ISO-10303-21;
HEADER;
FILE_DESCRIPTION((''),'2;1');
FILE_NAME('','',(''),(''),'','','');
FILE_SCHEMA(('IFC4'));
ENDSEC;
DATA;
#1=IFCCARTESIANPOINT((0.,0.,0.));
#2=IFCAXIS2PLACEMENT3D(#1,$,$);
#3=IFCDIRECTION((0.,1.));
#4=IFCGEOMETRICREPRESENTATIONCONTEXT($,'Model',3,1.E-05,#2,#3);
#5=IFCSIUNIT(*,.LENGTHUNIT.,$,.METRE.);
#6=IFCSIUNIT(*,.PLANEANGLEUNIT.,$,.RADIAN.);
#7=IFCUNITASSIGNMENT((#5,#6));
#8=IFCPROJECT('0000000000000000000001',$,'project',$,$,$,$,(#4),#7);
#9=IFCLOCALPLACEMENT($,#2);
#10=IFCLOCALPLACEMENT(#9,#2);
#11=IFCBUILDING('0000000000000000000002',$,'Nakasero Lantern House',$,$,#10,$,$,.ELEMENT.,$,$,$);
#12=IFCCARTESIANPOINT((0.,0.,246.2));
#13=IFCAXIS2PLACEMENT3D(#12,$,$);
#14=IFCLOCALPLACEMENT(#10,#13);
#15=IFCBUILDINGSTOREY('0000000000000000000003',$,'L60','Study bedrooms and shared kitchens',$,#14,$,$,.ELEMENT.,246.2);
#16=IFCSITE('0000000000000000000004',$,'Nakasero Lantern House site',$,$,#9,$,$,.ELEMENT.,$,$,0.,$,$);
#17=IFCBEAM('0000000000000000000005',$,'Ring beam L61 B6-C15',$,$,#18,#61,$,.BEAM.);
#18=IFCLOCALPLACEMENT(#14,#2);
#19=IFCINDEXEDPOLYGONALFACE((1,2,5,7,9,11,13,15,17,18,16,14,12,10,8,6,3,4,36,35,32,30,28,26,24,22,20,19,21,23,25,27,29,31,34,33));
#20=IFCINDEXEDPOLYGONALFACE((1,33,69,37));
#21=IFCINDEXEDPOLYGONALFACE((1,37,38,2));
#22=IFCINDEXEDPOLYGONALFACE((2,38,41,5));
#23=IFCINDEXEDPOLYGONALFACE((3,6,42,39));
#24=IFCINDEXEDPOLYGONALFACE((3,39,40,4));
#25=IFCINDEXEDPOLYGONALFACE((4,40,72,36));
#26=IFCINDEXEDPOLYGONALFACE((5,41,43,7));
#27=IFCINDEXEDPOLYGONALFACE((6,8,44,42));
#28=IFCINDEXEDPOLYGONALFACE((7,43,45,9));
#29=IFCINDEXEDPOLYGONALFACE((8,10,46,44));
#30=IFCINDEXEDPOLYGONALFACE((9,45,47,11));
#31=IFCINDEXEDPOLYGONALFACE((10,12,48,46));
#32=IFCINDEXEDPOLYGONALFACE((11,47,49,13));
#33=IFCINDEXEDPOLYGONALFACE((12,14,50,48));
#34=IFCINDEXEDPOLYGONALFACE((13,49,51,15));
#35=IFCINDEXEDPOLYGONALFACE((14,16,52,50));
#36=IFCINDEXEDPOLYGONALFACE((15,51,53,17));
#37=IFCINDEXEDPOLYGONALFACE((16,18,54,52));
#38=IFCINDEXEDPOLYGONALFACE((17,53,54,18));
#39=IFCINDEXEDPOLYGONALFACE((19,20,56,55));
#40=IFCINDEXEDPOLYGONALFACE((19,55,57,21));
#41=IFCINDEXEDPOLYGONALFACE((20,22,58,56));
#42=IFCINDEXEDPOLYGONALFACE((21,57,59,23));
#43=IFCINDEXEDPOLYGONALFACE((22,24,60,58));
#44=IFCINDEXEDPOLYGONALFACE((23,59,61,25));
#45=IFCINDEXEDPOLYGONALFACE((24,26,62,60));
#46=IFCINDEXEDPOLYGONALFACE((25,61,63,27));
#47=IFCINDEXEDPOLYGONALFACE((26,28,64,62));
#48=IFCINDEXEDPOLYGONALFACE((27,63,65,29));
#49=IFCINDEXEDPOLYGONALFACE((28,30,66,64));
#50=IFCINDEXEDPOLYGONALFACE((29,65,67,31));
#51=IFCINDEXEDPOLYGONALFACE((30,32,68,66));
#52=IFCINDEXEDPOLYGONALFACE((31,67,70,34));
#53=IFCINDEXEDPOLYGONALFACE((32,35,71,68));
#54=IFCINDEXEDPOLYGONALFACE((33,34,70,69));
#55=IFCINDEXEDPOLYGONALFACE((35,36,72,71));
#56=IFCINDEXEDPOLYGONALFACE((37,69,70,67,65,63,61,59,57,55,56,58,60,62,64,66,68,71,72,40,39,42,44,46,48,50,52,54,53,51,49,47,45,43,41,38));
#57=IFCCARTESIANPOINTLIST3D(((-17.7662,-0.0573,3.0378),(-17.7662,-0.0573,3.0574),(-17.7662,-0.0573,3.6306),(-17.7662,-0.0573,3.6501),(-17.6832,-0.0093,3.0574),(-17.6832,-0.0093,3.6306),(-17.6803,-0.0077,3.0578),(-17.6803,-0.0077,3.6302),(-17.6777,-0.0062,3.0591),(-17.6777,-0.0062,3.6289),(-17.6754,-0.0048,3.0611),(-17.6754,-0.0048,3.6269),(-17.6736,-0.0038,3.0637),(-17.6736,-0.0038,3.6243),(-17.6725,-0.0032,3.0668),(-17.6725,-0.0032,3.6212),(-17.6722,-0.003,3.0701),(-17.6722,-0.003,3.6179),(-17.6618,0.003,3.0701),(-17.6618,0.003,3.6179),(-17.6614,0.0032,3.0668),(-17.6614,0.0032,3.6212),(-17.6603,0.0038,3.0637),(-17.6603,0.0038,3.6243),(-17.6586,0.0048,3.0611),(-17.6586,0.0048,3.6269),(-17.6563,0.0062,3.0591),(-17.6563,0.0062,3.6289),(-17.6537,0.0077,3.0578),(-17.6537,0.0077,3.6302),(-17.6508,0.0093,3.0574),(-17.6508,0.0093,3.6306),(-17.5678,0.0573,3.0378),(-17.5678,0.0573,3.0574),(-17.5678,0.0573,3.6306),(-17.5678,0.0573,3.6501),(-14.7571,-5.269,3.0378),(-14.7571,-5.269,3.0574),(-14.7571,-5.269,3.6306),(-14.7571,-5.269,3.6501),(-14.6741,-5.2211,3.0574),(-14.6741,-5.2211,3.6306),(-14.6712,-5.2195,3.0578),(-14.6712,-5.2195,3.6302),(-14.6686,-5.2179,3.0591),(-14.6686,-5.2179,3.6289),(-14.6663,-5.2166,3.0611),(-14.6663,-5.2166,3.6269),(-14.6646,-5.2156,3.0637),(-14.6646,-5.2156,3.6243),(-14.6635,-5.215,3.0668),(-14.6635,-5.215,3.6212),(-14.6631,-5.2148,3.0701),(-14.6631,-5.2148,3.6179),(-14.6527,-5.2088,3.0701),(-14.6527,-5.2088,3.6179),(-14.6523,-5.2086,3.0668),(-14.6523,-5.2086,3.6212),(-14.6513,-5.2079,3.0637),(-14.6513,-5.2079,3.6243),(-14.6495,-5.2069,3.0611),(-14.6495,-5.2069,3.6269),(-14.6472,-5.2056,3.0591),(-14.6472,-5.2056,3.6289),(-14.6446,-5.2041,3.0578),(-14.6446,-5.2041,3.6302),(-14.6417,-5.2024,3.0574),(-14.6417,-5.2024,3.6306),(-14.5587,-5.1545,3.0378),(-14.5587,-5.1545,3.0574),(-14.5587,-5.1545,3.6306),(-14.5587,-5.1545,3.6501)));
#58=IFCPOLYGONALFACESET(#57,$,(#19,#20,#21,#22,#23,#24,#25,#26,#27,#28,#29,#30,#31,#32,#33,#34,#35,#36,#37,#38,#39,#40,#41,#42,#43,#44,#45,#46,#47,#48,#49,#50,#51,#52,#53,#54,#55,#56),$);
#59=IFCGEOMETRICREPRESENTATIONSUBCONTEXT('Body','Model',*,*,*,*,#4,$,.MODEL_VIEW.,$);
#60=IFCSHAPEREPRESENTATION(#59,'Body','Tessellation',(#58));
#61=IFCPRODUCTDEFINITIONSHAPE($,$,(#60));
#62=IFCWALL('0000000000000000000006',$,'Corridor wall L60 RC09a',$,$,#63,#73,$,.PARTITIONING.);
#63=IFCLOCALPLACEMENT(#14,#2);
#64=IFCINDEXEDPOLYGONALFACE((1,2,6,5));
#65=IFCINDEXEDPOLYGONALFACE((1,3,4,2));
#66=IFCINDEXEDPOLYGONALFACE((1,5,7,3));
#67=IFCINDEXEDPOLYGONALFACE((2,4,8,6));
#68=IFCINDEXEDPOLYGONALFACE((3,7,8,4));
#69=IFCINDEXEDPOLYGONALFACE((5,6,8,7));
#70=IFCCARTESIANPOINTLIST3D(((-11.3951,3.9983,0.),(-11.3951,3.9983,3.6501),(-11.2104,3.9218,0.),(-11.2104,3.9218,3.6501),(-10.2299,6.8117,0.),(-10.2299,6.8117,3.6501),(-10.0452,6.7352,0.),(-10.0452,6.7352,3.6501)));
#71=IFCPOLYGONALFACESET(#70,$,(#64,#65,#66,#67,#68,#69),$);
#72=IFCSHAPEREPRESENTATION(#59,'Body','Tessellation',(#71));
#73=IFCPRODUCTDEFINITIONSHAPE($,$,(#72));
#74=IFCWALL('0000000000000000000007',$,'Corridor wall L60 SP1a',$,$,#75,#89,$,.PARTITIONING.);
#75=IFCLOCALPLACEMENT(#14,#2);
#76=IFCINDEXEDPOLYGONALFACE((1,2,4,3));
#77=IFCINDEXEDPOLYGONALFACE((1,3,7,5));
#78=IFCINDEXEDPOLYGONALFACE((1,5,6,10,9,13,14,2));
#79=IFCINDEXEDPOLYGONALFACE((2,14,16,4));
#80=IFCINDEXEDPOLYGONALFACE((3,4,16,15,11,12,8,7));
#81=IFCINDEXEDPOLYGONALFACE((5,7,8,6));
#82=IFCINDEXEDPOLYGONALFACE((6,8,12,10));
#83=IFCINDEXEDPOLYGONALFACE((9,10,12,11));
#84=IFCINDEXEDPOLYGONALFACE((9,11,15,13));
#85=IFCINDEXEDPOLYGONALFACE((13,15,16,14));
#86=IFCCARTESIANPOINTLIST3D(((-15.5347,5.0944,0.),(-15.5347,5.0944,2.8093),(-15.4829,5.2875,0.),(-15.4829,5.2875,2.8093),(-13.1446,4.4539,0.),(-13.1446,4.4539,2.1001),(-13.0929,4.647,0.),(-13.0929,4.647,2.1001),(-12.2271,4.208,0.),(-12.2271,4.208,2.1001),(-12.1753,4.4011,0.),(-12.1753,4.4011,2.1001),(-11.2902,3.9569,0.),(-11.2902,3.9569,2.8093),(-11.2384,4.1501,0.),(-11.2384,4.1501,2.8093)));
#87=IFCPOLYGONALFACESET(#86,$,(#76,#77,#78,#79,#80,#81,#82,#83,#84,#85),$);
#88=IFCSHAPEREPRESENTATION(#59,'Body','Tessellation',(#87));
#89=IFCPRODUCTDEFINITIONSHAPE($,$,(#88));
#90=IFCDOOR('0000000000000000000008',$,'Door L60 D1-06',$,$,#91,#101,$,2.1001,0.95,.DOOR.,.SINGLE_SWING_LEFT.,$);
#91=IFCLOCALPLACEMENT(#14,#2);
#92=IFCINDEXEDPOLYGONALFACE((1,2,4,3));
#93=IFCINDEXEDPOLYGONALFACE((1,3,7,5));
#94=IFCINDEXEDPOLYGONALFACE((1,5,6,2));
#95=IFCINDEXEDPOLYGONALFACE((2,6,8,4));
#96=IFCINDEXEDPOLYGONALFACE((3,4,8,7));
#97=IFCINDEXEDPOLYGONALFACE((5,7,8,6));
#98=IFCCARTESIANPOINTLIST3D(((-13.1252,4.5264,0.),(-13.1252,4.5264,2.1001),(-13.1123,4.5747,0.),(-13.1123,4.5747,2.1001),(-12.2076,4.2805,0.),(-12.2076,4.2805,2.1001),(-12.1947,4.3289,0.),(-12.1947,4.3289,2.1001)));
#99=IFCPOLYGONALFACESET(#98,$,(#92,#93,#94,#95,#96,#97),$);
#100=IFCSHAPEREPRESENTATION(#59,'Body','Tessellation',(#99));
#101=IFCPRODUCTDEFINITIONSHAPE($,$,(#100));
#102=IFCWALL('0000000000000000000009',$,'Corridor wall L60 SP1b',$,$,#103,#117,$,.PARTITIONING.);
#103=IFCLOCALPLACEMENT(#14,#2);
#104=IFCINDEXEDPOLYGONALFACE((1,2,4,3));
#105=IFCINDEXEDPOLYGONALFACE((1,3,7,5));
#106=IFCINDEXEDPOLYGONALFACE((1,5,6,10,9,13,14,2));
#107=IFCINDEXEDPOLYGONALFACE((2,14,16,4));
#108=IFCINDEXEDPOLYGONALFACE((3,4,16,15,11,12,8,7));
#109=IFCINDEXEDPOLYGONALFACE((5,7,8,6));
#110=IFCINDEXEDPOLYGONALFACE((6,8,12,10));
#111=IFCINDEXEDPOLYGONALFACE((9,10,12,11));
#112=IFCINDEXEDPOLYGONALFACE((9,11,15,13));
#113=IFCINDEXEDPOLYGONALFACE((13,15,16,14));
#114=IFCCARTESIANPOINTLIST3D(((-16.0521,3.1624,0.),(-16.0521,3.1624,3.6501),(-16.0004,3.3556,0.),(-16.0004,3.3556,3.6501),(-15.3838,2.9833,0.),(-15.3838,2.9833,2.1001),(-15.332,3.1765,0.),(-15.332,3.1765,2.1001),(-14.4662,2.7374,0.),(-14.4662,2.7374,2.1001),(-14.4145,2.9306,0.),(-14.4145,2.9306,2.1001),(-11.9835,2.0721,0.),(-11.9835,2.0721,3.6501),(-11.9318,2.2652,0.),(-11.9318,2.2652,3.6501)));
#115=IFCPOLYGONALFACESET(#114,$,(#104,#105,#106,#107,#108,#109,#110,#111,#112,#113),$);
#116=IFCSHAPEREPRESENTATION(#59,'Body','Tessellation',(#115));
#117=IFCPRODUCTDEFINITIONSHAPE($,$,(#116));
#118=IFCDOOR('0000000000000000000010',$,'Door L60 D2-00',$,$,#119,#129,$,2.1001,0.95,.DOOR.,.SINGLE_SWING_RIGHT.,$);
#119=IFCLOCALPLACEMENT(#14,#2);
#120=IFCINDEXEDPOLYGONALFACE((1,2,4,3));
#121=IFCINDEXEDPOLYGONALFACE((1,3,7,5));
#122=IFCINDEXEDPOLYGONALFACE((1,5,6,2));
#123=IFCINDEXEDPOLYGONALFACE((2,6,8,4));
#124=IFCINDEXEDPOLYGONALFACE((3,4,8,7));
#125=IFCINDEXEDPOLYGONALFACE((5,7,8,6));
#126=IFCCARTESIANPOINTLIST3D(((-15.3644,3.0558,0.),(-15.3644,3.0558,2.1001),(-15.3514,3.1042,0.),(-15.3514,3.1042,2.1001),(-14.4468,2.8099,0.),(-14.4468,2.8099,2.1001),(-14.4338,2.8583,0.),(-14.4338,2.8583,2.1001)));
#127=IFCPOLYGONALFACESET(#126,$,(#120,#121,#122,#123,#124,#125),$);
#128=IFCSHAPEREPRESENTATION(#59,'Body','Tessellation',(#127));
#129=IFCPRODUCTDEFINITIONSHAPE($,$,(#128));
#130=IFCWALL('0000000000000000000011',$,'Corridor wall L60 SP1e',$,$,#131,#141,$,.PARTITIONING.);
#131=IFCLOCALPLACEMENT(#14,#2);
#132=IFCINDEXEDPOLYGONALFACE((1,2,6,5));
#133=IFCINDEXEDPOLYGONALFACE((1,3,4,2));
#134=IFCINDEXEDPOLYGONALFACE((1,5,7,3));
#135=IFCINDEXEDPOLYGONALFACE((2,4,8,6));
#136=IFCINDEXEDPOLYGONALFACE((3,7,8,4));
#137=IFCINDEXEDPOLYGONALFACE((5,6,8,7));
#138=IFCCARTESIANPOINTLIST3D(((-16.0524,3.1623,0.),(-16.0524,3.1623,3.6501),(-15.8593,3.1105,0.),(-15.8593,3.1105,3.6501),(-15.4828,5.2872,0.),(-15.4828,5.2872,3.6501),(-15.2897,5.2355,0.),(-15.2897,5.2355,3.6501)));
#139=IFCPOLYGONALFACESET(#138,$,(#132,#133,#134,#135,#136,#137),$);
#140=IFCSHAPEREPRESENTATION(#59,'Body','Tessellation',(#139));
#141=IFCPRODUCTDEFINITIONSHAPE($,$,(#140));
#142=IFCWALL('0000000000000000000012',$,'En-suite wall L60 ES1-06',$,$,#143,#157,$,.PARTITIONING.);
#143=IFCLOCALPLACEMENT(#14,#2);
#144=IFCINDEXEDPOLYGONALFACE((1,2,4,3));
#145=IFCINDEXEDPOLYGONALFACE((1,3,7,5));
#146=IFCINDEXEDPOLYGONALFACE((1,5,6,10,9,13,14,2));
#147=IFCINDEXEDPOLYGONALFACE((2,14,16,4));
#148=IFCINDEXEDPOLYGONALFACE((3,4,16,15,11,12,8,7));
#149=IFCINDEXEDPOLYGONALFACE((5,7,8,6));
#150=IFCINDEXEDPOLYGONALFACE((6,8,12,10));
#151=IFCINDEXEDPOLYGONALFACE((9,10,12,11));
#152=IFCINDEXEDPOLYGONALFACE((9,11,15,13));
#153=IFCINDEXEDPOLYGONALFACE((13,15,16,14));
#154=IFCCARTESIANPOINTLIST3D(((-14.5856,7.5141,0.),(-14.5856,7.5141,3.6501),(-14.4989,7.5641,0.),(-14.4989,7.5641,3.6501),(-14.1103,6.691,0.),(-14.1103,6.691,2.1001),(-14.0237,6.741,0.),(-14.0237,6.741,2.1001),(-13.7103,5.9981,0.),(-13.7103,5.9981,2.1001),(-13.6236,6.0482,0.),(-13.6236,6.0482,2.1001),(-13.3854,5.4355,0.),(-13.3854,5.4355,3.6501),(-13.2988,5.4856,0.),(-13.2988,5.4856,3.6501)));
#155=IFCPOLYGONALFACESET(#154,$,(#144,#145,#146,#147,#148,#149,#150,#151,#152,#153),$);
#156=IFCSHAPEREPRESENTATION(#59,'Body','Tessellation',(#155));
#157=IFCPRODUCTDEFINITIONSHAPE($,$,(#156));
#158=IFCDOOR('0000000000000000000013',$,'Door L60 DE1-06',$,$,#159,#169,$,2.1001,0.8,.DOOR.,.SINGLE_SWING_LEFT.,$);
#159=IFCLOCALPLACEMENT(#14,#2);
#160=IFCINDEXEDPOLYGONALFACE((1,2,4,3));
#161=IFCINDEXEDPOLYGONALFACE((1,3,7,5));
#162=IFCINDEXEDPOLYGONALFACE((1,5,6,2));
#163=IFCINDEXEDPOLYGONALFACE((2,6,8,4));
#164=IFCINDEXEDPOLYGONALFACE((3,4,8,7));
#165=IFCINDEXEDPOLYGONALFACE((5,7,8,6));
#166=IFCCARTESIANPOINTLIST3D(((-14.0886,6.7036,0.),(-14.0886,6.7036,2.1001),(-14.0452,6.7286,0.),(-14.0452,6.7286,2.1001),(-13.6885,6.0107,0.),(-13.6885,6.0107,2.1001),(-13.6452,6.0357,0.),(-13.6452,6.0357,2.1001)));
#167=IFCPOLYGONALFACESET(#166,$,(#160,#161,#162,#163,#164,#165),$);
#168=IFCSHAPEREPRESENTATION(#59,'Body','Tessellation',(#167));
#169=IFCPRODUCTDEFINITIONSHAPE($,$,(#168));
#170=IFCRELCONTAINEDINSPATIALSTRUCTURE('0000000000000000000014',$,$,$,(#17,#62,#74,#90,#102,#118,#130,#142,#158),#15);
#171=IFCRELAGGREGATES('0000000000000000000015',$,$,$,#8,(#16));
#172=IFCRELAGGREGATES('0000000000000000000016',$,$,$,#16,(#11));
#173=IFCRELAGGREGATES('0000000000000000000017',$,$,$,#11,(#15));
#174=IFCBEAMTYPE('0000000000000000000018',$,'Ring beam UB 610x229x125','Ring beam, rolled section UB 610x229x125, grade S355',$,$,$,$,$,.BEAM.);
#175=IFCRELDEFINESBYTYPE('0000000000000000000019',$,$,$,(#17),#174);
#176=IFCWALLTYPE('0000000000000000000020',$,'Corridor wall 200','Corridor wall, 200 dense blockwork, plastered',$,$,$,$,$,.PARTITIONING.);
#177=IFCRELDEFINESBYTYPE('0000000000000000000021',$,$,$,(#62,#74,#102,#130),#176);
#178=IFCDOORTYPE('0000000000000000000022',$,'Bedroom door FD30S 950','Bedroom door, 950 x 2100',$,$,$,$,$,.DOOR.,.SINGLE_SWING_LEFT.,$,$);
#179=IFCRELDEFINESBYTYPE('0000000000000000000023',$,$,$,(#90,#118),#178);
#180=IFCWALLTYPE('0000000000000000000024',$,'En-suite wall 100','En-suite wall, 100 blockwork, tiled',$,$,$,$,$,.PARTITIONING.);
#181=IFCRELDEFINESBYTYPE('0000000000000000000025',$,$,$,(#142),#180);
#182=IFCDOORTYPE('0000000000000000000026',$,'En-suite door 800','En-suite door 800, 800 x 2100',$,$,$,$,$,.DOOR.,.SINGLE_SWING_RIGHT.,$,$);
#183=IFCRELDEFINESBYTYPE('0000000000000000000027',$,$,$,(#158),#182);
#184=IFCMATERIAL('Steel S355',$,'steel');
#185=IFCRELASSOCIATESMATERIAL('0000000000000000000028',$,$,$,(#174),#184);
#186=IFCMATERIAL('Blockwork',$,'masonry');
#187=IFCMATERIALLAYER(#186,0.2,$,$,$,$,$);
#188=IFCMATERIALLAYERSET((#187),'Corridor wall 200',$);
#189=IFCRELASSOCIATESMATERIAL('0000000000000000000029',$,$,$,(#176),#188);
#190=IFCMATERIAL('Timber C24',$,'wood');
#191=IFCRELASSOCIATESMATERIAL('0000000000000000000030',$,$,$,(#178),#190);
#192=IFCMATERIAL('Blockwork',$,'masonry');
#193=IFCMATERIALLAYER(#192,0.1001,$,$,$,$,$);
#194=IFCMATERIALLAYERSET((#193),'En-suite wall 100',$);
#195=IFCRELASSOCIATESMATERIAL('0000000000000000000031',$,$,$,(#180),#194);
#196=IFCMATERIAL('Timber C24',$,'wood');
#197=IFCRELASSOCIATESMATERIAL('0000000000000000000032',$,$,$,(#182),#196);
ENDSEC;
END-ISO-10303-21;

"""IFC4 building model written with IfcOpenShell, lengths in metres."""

from ifc_helpers import new_model, si_unit, direction, frame, frame_2d, origin, origin_2d, place, context, subcontext, project, spatial, rectangle, i_section, extrude, material, layer, layer_set, material_profile, profile_set, type_object, element, fill, save


model = new_model("IFC4")

# Units and contexts
model_context = context("Model", 3, precision=1e-05, world=origin(), true_north=direction((0.0, 1.0)))
body_context = subcontext(model_context, "Body", "Model", "MODEL_VIEW")
ifc_project = project(units=[si_unit("LENGTHUNIT", "METRE"), si_unit("PLANEANGLEUNIT", "RADIAN")], contexts=[model_context])

# Site, building, storey
site_placement = place(None, origin())
site = spatial("IfcSite", under=ifc_project, at=site_placement, Name="Nakasero Lantern House site", CompositionType="ELEMENT", RefElevation=0.0)
building_placement = place(site_placement, origin())
building = spatial("IfcBuilding", under=site, at=building_placement, Name="Nakasero Lantern House", CompositionType="ELEMENT")
storey_placement = place(building_placement, frame((0.0, 0.0, 246.2)))
storey = spatial("IfcBuildingStorey", under=building, at=storey_placement, Name="L60", Description="Study bedrooms and shared kitchens", CompositionType="ELEMENT", Elevation=246.2)

# Beam
ifc_material_1 = material(Name="Steel S355", Category="steel")
ifc_material_profile_1 = material_profile(ifc_material_1, i_section(OverallWidth=0.229, OverallDepth=0.6123, WebThickness=0.012, FlangeThickness=0.0195, FilletRadius=0.0127, at=origin_2d()), Name="UB 610x229x125")
ifc_profile_set_1 = profile_set([ifc_material_profile_1], Name="Steel S355")
beam_type_1 = type_object("IfcBeamType", Name="Ring beam UB 610x229x125", Description="Ring beam, rolled section UB 610x229x125, grade S355", PredefinedType="BEAM", material=ifc_profile_set_1)
beam_1_placement = place(storey_placement, frame((-17.667, 0.0, 3.344), z_axis=(0.500009, -0.86602, 0.0), x_axis=(0.86602, 0.500009, 0.0)))
element("IfcBeam", 1, at=beam_1_placement, inside=storey, type_object=beam_type_1, Name="Ring beam L61 B6-C15", PredefinedType="BEAM", context=body_context, shape_type="SweptSolid", body=[
    extrude(i_section(OverallWidth=0.229, OverallDepth=0.6123, WebThickness=0.012, FlangeThickness=0.0195, FilletRadius=0.0127, at=origin_2d()), origin(), (0.0, 0.0, 1.0), 6.0181),
])

# Wall
ifc_material_2 = material(Name="Blockwork", Category="masonry")
ifc_layer_1 = layer(ifc_material_2, 0.2)
ifc_layer_set_1 = layer_set([ifc_layer_1], Name="Corridor wall 200")
wall_type_1 = type_object("IfcWallType", Name="Corridor wall 200", Description="Corridor wall, 200 dense blockwork, plastered", PredefinedType="PARTITIONING", material=ifc_layer_set_1)
wall_1_placement = place(storey_placement, frame((-11.3027, 3.9602, 0.0), z_axis=(0.0, 0.0, 1.0), x_axis=(0.382656, 0.923891, 0.0)))
element("IfcWall", 2, at=wall_1_placement, inside=storey, type_object=wall_type_1, Name="Corridor wall L60 RC09a", PredefinedType="PARTITIONING", context=body_context, shape_type="SweptSolid", body=[
    extrude(rectangle(XDim=3.0452, YDim=0.2, at=frame_2d((1.5225, 0.0))), origin(), (0.0, 0.0, 1.0), 3.6501),
])

# Walls, openings, doors
wall_2_placement = place(storey_placement, frame((-11.2642, 4.0535, 0.0), z_axis=(0.0, 0.0, 1.0), x_axis=(-0.96592, 0.258842, 0.0)))
wall_2 = element("IfcWall", 3, at=wall_2_placement, inside=storey, type_object=wall_type_1, Name="Corridor wall L60 SP1a", PredefinedType="PARTITIONING", context=body_context, shape_type="SweptSolid", body=[
    extrude(rectangle(XDim=4.3943, YDim=0.2, at=frame_2d((2.1973, 0.0))), origin(), (0.0, 0.0, 1.0), 2.8093),
])
opening_1_placement = place(wall_2_placement, frame((0.97, 0.0, 0.0)))
opening_1 = element("IfcOpeningElement", 4, at=opening_1_placement, cuts=wall_2, PredefinedType="OPENING", context=body_context, shape_type="SweptSolid", body=[
    extrude(rectangle(XDim=0.95, YDim=2.1001, at=frame_2d((0.4751, 1.05))), frame((0.0, 0.1199, 0.0), z_axis=(0.0, -1.0, 0.0), x_axis=(1.0, 0.0, 0.0)), (0.0, 0.0, 1.0), 0.24),
])
ifc_material_3 = material(Name="Timber C24", Category="wood")
door_type_1 = type_object("IfcDoorType", Name="Bedroom door FD30S 950", Description="Bedroom door, 950 x 2100", OperationType="SINGLE_SWING_LEFT", PredefinedType="DOOR", material=ifc_material_3)
door_1_placement = place(opening_1_placement, origin())
door_1 = element("IfcDoor", 5, at=door_1_placement, inside=storey, type_object=door_type_1, Name="Door L60 D1-06", OperationType="SINGLE_SWING_LEFT", OverallHeight=2.1001, OverallWidth=0.95, PredefinedType="DOOR", context=body_context, shape_type="SweptSolid", body=[
    extrude(rectangle(XDim=0.95, YDim=2.1001, at=frame_2d((0.4751, 1.05))), frame((0.0, 0.0249, 0.0), z_axis=(0.0, -1.0, 0.0), x_axis=(1.0, 0.0, 0.0)), (0.0, 0.0, 1.0), 0.05),
])
fill(opening_1, door_1)
wall_3_placement = place(storey_placement, frame((-11.9578, 2.1687, 0.0), z_axis=(0.0, 0.0, 1.0), x_axis=(-0.965917, 0.258853, 0.0)))
wall_3 = element("IfcWall", 6, at=wall_3_placement, inside=storey, type_object=wall_type_1, Name="Corridor wall L60 SP1b", PredefinedType="PARTITIONING", context=body_context, shape_type="SweptSolid", body=[
    extrude(rectangle(XDim=4.2122, YDim=0.2, at=frame_2d((2.106, 0.0))), origin(), (0.0, 0.0, 1.0), 3.6501),
])
opening_2_placement = place(wall_3_placement, frame((2.5701, 0.0, 0.0)))
opening_2 = element("IfcOpeningElement", 7, at=opening_2_placement, cuts=wall_3, PredefinedType="OPENING", context=body_context, shape_type="SweptSolid", body=[
    extrude(rectangle(XDim=0.95, YDim=2.1001, at=frame_2d((0.4751, 1.05))), frame((0.0, 0.1199, 0.0), z_axis=(0.0, -1.0, 0.0), x_axis=(1.0, 0.0, 0.0)), (0.0, 0.0, 1.0), 0.24),
])
door_2_placement = place(opening_2_placement, origin())
door_2 = element("IfcDoor", 8, at=door_2_placement, inside=storey, type_object=door_type_1, Name="Door L60 D2-00", OperationType="SINGLE_SWING_RIGHT", OverallHeight=2.1001, OverallWidth=0.95, PredefinedType="DOOR", context=body_context, shape_type="SweptSolid", body=[
    extrude(rectangle(XDim=0.95, YDim=2.1001, at=frame_2d((0.4751, 1.05))), frame((0.0, 0.0249, 0.0), z_axis=(0.0, -1.0, 0.0), x_axis=(1.0, 0.0, 0.0)), (0.0, 0.0, 1.0), 0.05),
])
fill(opening_2, door_2)

# Wall
wall_4_placement = place(storey_placement, frame((-15.3862, 5.2615, 0.0), z_axis=(0.0, 0.0, 1.0), x_axis=(-0.258899, -0.965904, 0.0)))
element("IfcWall", 9, at=wall_4_placement, inside=storey, type_object=wall_type_1, Name="Corridor wall L60 SP1e", PredefinedType="PARTITIONING", context=body_context, shape_type="SweptSolid", body=[
    extrude(rectangle(XDim=2.2, YDim=0.2, at=frame_2d((1.1001, 0.0))), origin(), (0.0, 0.0, 1.0), 3.6501),
])

# Wall, opening, door
ifc_material_4 = material(Name="Blockwork", Category="masonry")
ifc_layer_2 = layer(ifc_material_4, 0.1001)
ifc_layer_set_2 = layer_set([ifc_layer_2], Name="En-suite wall 100")
wall_type_2 = type_object("IfcWallType", Name="En-suite wall 100", Description="En-suite wall, 100 blockwork, tiled", PredefinedType="PARTITIONING", material=ifc_layer_set_2)
wall_5_placement = place(storey_placement, frame((-13.342, 5.4604, 0.0), z_axis=(0.0, 0.0, 1.0), x_axis=(-0.500034, 0.866006, 0.0)))
wall_5 = element("IfcWall", 10, at=wall_5_placement, inside=storey, type_object=wall_type_2, Name="En-suite wall L60 ES1-06", PredefinedType="PARTITIONING", context=body_context, shape_type="SweptSolid", body=[
    extrude(rectangle(XDim=2.4001, YDim=0.1001, at=frame_2d((1.2002, 0.0))), origin(), (0.0, 0.0, 1.0), 3.6501),
])
opening_3_placement = place(wall_5_placement, frame((0.6499, 0.0, 0.0)))
opening_3 = element("IfcOpeningElement", 11, at=opening_3_placement, cuts=wall_5, PredefinedType="OPENING", context=body_context, shape_type="SweptSolid", body=[
    extrude(rectangle(XDim=0.8, YDim=2.1001, at=frame_2d((0.3999, 1.05))), frame((0.0, 0.0701, 0.0), z_axis=(0.0, -1.0, 0.0), x_axis=(1.0, 0.0, 0.0)), (0.0, 0.0, 1.0), 0.1401),
])
ifc_material_5 = material(Name="Timber C24", Category="wood")
door_type_2 = type_object("IfcDoorType", Name="En-suite door 800", Description="En-suite door 800, 800 x 2100", OperationType="SINGLE_SWING_RIGHT", PredefinedType="DOOR", material=ifc_material_5)
door_3_placement = place(opening_3_placement, origin())
door_3 = element("IfcDoor", 12, at=door_3_placement, inside=storey, type_object=door_type_2, Name="Door L60 DE1-06", OperationType="SINGLE_SWING_LEFT", OverallHeight=2.1001, OverallWidth=0.8, PredefinedType="DOOR", context=body_context, shape_type="SweptSolid", body=[
    extrude(rectangle(XDim=0.8, YDim=2.1001, at=frame_2d((0.3999, 1.05))), frame((0.0, 0.0249, 0.0), z_axis=(0.0, -1.0, 0.0), x_axis=(1.0, 0.0, 0.0)), (0.0, 0.0, 1.0), 0.05),
])
fill(opening_3, door_3)

save(model, "model.ifc")
